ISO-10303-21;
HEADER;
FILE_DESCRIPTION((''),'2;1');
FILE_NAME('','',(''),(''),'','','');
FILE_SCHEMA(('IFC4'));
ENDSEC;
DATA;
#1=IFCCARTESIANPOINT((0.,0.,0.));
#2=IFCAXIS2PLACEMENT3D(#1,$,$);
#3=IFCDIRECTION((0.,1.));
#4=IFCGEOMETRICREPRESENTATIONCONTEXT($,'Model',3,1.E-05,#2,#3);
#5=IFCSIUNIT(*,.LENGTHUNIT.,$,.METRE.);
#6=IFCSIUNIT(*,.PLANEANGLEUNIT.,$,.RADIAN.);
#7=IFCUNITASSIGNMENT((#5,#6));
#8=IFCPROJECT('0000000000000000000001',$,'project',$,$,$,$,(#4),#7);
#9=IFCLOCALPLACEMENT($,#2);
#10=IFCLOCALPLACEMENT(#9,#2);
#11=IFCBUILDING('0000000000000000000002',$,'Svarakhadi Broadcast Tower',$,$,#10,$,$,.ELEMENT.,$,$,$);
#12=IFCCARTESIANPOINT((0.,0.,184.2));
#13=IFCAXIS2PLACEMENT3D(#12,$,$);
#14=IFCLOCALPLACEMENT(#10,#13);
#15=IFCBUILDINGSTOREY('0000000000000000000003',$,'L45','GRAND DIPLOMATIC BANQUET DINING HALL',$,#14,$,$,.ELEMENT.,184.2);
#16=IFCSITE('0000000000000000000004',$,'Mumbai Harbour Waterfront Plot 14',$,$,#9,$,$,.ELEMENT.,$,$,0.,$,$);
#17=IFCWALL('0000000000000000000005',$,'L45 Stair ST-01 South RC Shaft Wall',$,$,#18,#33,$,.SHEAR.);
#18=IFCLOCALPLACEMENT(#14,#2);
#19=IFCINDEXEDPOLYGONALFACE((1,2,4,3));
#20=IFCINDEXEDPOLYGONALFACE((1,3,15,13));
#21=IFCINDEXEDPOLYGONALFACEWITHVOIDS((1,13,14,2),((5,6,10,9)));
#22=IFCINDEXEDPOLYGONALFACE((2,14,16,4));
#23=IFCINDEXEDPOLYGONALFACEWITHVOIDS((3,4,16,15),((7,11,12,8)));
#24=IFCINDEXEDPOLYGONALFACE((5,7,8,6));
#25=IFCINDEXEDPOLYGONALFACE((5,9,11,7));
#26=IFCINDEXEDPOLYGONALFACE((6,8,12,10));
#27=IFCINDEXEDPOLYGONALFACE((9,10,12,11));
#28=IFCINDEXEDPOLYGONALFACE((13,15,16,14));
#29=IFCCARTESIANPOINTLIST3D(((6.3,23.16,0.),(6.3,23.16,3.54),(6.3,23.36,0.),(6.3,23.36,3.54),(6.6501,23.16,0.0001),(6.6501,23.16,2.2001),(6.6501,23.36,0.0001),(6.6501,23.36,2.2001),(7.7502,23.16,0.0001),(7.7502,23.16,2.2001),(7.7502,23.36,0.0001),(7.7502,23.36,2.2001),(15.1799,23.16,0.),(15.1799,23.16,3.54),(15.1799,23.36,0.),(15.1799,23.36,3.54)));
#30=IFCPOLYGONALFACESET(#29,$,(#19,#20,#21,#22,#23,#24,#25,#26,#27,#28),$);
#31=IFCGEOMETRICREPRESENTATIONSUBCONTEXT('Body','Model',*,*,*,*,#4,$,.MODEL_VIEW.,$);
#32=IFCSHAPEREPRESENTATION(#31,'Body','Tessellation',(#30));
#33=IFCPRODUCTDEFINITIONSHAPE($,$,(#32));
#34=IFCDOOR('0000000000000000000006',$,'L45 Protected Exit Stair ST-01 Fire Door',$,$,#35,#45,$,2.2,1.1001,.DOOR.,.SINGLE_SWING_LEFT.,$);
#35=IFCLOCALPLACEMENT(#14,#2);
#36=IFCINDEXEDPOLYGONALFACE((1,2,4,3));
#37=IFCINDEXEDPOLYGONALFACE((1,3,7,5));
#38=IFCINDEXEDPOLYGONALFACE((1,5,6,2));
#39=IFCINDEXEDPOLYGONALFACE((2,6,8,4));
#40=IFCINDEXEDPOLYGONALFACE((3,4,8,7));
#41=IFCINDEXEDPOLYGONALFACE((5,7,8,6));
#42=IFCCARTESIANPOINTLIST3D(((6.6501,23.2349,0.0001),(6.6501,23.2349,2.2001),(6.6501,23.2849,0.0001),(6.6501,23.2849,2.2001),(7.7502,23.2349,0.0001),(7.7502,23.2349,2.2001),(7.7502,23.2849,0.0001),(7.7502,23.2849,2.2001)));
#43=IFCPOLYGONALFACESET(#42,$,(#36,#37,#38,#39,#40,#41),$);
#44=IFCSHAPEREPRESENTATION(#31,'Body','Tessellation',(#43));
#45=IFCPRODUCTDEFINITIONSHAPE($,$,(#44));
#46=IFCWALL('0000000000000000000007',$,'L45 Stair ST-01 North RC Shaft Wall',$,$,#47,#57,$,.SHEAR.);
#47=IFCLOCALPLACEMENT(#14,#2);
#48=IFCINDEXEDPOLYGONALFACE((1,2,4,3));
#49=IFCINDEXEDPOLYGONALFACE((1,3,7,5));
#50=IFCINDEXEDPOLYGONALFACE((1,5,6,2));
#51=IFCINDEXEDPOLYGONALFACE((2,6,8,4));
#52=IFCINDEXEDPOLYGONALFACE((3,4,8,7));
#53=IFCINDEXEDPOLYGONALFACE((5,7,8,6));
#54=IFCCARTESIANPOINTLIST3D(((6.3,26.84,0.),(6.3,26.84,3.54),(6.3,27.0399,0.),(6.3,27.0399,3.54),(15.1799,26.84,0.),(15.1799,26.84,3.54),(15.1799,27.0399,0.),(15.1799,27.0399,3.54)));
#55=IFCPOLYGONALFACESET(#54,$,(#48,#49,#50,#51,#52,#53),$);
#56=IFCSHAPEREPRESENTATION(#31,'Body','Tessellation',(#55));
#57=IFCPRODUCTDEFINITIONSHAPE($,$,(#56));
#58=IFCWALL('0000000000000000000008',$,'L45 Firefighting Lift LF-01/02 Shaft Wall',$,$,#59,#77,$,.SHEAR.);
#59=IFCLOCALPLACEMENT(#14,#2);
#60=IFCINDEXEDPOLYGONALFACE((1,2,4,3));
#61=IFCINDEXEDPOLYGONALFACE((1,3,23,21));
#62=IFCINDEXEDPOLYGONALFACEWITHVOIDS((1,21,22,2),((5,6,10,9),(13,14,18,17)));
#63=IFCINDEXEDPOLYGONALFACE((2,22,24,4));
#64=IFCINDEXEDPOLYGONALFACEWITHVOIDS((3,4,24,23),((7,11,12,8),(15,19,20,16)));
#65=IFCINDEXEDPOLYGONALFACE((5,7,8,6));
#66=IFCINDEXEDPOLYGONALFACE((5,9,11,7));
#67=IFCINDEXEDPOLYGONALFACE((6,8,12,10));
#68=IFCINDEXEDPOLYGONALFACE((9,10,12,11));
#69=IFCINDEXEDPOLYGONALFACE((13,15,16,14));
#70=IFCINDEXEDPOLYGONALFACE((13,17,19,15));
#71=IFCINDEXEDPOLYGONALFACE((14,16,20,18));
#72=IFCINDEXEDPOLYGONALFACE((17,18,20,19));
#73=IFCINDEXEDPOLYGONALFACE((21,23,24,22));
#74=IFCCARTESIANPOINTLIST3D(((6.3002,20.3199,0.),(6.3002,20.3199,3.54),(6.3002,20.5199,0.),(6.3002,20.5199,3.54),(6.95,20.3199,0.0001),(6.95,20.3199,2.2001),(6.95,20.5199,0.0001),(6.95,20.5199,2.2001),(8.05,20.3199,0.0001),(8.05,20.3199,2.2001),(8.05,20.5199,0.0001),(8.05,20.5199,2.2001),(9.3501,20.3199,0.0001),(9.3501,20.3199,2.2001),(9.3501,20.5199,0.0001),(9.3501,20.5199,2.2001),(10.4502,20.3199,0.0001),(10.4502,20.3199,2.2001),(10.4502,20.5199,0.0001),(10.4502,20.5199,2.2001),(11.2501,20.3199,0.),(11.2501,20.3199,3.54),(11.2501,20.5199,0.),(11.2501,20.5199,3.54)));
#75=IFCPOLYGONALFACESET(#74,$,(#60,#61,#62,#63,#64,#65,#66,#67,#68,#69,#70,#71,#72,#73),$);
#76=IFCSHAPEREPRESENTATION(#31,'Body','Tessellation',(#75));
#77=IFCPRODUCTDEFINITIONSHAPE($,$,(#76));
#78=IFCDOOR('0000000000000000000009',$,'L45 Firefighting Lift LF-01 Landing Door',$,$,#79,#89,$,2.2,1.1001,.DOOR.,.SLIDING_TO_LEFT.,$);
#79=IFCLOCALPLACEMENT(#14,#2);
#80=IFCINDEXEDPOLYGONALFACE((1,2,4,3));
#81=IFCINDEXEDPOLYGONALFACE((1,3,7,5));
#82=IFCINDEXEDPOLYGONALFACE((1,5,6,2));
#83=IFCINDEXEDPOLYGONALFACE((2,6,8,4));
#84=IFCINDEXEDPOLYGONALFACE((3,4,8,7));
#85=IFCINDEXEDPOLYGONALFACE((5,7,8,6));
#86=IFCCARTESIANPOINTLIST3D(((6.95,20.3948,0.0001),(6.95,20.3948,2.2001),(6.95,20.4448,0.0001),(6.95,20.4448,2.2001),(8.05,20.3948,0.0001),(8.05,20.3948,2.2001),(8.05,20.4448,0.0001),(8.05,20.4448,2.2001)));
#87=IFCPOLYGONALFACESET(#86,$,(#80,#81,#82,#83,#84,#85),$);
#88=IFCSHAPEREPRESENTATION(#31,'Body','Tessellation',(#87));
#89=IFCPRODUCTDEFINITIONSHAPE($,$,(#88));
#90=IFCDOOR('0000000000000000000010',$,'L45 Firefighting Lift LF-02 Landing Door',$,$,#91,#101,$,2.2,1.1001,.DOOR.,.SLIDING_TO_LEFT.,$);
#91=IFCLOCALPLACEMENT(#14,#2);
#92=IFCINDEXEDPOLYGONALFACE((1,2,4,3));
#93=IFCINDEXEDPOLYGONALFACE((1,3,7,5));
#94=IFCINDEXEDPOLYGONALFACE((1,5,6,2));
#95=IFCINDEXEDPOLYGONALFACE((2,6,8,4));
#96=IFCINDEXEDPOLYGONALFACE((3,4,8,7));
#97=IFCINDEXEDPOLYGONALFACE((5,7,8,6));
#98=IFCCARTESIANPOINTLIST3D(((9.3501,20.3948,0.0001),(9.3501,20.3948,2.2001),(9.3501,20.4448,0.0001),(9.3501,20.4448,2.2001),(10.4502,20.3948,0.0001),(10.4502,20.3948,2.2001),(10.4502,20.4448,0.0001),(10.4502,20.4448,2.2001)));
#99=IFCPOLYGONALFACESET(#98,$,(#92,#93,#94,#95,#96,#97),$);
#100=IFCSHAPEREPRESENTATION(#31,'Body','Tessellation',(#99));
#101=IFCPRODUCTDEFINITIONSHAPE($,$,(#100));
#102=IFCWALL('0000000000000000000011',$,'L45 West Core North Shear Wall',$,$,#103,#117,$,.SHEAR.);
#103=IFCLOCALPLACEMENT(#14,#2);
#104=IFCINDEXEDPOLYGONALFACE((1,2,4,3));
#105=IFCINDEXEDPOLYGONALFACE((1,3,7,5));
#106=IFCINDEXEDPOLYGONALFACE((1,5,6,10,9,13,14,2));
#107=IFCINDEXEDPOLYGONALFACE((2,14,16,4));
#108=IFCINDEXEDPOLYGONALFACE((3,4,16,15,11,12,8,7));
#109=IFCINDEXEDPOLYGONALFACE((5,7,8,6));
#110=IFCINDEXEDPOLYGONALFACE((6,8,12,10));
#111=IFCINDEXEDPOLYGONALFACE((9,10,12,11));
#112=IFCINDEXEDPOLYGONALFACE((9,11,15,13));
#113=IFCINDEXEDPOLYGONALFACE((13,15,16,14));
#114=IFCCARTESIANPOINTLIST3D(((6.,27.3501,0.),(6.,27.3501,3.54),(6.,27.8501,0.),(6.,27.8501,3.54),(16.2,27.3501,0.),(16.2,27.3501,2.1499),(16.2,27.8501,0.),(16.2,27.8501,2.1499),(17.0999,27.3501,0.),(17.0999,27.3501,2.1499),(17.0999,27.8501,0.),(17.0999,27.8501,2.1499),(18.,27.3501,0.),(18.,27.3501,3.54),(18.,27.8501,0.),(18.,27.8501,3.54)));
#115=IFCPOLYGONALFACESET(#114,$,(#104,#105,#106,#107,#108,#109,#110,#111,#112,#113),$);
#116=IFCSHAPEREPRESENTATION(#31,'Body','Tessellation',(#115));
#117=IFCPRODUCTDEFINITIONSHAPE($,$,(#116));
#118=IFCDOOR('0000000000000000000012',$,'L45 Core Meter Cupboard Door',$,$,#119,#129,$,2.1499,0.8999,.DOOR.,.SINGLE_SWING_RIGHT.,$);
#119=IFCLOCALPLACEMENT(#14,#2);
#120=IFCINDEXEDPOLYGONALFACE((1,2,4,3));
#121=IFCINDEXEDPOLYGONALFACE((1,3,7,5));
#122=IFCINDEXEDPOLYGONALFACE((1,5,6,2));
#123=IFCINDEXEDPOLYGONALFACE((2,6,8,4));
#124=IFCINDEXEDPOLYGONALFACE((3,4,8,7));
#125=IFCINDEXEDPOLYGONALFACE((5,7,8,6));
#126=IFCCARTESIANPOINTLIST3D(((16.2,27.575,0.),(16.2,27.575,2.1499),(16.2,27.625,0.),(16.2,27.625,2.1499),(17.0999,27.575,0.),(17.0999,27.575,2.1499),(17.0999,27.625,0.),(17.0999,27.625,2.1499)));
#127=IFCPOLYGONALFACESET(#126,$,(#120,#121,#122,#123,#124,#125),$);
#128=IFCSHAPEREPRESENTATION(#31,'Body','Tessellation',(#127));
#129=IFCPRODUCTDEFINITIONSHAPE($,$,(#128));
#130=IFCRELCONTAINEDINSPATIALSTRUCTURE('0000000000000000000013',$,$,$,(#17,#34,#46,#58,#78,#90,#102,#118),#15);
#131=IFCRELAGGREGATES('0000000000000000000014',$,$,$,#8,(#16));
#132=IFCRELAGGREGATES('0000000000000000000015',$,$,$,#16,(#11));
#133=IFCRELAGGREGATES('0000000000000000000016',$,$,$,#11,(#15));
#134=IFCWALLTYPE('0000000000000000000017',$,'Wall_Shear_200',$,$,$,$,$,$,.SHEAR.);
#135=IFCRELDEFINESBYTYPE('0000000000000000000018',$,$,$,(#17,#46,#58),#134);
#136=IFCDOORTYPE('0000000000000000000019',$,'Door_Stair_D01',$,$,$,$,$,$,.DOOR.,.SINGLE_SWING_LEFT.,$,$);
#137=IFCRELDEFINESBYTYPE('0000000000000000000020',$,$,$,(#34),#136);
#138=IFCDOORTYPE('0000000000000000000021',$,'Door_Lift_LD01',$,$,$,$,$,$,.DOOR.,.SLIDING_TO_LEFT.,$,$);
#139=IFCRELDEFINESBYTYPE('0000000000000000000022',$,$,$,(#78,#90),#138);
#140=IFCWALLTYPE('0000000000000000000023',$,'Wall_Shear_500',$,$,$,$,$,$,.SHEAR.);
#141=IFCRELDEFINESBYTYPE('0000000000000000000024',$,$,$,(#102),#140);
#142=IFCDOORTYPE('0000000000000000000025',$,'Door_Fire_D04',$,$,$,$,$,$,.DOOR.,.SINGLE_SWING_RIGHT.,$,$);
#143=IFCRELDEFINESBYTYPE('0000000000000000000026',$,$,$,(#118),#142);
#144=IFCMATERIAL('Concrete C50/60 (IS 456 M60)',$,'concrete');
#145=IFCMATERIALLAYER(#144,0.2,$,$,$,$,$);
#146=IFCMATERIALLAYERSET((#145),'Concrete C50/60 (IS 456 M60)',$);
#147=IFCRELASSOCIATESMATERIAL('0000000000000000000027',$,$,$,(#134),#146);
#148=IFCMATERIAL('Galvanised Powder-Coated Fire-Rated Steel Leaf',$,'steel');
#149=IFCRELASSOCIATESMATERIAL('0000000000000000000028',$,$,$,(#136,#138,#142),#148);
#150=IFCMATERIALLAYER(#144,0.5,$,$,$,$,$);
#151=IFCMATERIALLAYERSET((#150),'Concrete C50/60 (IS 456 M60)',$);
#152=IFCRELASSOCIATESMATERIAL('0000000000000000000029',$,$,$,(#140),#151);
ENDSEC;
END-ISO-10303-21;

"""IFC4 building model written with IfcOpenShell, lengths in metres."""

from ifc_helpers import new_model, si_unit, direction, frame, frame_2d, origin, place, context, subcontext, project, spatial, rectangle, extrude, material, layer, layer_set, type_object, element, fill, save


model = new_model("IFC4")

# Units and contexts
model_context = context("Model", 3, precision=1e-05, world=origin(), true_north=direction((0.0, 1.0)))
body_context = subcontext(model_context, "Body", "Model", "MODEL_VIEW")
ifc_project = project(units=[si_unit("LENGTHUNIT", "METRE"), si_unit("PLANEANGLEUNIT", "RADIAN")], contexts=[model_context])

# Site, building, storey
site_placement = place(None, origin())
site = spatial("IfcSite", under=ifc_project, at=site_placement, Name="Mumbai Harbour Waterfront Plot 14", CompositionType="ELEMENT", RefElevation=0.0)
building_placement = place(site_placement, origin())
building = spatial("IfcBuilding", under=site, at=building_placement, Name="Svarakhadi Broadcast Tower", CompositionType="ELEMENT")
storey_placement = place(building_placement, frame((0.0, 0.0, 184.2)))
storey = spatial("IfcBuildingStorey", under=building, at=storey_placement, Name="L45", Description="GRAND DIPLOMATIC BANQUET DINING HALL", CompositionType="ELEMENT", Elevation=184.2)

# Shared definitions
ifc_material_1 = material(Name="Concrete C50/60 (IS 456 M60)", Category="concrete")

# Wall, opening, door
ifc_layer_1 = layer(ifc_material_1, 0.2)
ifc_layer_set_1 = layer_set([ifc_layer_1], Name="Concrete C50/60 (IS 456 M60)")
wall_type_1 = type_object("IfcWallType", Name="Wall_Shear_200", PredefinedType="SHEAR", material=ifc_layer_set_1)
wall_1_placement = place(storey_placement, frame((6.3, 23.26, 0.0), z_axis=(0.0, 0.0, 1.0), x_axis=(1.0, 0.0, 0.0)))
wall_1 = element("IfcWall", 1, at=wall_1_placement, inside=storey, type_object=wall_type_1, Name="L45 Stair ST-01 South RC Shaft Wall", PredefinedType="SHEAR", context=body_context, shape_type="SweptSolid", body=[
    extrude(rectangle(XDim=8.8799, YDim=0.2, at=frame_2d((4.4399, 0.0))), origin(), (0.0, 0.0, 1.0), 3.54),
])
opening_1_placement = place(wall_1_placement, frame((0.3501, 0.0, 0.0)))
opening_1 = element("IfcOpeningElement", 2, at=opening_1_placement, cuts=wall_1, PredefinedType="OPENING", context=body_context, shape_type="SweptSolid", body=[
    extrude(rectangle(XDim=1.1001, YDim=2.2, at=frame_2d((0.55, 1.1001))), frame((0.0, 0.1099, 0.0), z_axis=(0.0, -1.0, 0.0), x_axis=(1.0, 0.0, 0.0)), (0.0, 0.0, 1.0), 0.22),
])
ifc_material_2 = material(Name="Galvanised Powder-Coated Fire-Rated Steel Leaf", Category="steel")
door_type_1 = type_object("IfcDoorType", Name="Door_Stair_D01", OperationType="SINGLE_SWING_LEFT", PredefinedType="DOOR", material=ifc_material_2)
door_1_placement = place(opening_1_placement, origin())
door_1 = element("IfcDoor", 3, at=door_1_placement, inside=storey, type_object=door_type_1, Name="L45 Protected Exit Stair ST-01 Fire Door", OperationType="SINGLE_SWING_LEFT", OverallHeight=2.2, OverallWidth=1.1001, PredefinedType="DOOR", context=body_context, shape_type="SweptSolid", body=[
    extrude(rectangle(XDim=1.1001, YDim=2.2, at=frame_2d((0.55, 1.1001))), frame((0.0, 0.0249, 0.0), z_axis=(0.0, -1.0, 0.0), x_axis=(1.0, 0.0, 0.0)), (0.0, 0.0, 1.0), 0.05),
])
fill(opening_1, door_1)

# Wall
wall_2_placement = place(storey_placement, frame((6.3, 26.9399, 0.0), z_axis=(0.0, 0.0, 1.0), x_axis=(1.0, 0.0, 0.0)))
element("IfcWall", 4, at=wall_2_placement, inside=storey, type_object=wall_type_1, Name="L45 Stair ST-01 North RC Shaft Wall", PredefinedType="SHEAR", context=body_context, shape_type="SweptSolid", body=[
    extrude(rectangle(XDim=8.8799, YDim=0.2, at=frame_2d((4.4399, 0.0))), origin(), (0.0, 0.0, 1.0), 3.54),
])

# Wall, openings, doors
wall_3_placement = place(storey_placement, frame((6.3, 20.4199, 0.0), z_axis=(0.0, 0.0, 1.0), x_axis=(1.0, 0.0, 0.0)))
wall_3 = element("IfcWall", 5, at=wall_3_placement, inside=storey, type_object=wall_type_1, Name="L45 Firefighting Lift LF-01/02 Shaft Wall", PredefinedType="SHEAR", context=body_context, shape_type="SweptSolid", body=[
    extrude(rectangle(XDim=4.95, YDim=0.2, at=frame_2d((2.4751, 0.0))), origin(), (0.0, 0.0, 1.0), 3.54),
])
opening_2_placement = place(wall_3_placement, frame((0.6499, 0.0, 0.0)))
opening_2 = element("IfcOpeningElement", 6, at=opening_2_placement, cuts=wall_3, PredefinedType="OPENING", context=body_context, shape_type="SweptSolid", body=[
    extrude(rectangle(XDim=1.1001, YDim=2.2, at=frame_2d((0.55, 1.1001))), frame((0.0, 0.1099, 0.0), z_axis=(0.0, -1.0, 0.0), x_axis=(1.0, 0.0, 0.0)), (0.0, 0.0, 1.0), 0.22),
])
opening_3_placement = place(wall_3_placement, frame((3.05, 0.0, 0.0)))
opening_3 = element("IfcOpeningElement", 7, at=opening_3_placement, cuts=wall_3, PredefinedType="OPENING", context=body_context, shape_type="SweptSolid", body=[
    extrude(rectangle(XDim=1.1001, YDim=2.2, at=frame_2d((0.55, 1.1001))), frame((0.0, 0.1099, 0.0), z_axis=(0.0, -1.0, 0.0), x_axis=(1.0, 0.0, 0.0)), (0.0, 0.0, 1.0), 0.22),
])
door_type_2 = type_object("IfcDoorType", Name="Door_Lift_LD01", OperationType="SLIDING_TO_LEFT", PredefinedType="DOOR", material=ifc_material_2)
door_2_placement = place(opening_2_placement, origin())
door_2 = element("IfcDoor", 8, at=door_2_placement, inside=storey, type_object=door_type_2, Name="L45 Firefighting Lift LF-01 Landing Door", OperationType="SLIDING_TO_LEFT", OverallHeight=2.2, OverallWidth=1.1001, PredefinedType="DOOR", context=body_context, shape_type="SweptSolid", body=[
    extrude(rectangle(XDim=1.1001, YDim=2.2, at=frame_2d((0.55, 1.1001))), frame((0.0, 0.0249, 0.0), z_axis=(0.0, -1.0, 0.0), x_axis=(1.0, 0.0, 0.0)), (0.0, 0.0, 1.0), 0.05),
])
fill(opening_2, door_2)
door_3_placement = place(opening_3_placement, origin())
door_3 = element("IfcDoor", 9, at=door_3_placement, inside=storey, type_object=door_type_2, Name="L45 Firefighting Lift LF-02 Landing Door", OperationType="SLIDING_TO_LEFT", OverallHeight=2.2, OverallWidth=1.1001, PredefinedType="DOOR", context=body_context, shape_type="SweptSolid", body=[
    extrude(rectangle(XDim=1.1001, YDim=2.2, at=frame_2d((0.55, 1.1001))), frame((0.0, 0.0249, 0.0), z_axis=(0.0, -1.0, 0.0), x_axis=(1.0, 0.0, 0.0)), (0.0, 0.0, 1.0), 0.05),
])
fill(opening_3, door_3)

# Wall, opening, door
ifc_layer_2 = layer(ifc_material_1, 0.5)
ifc_layer_set_2 = layer_set([ifc_layer_2], Name="Concrete C50/60 (IS 456 M60)")
wall_type_2 = type_object("IfcWallType", Name="Wall_Shear_500", PredefinedType="SHEAR", material=ifc_layer_set_2)
wall_4_placement = place(storey_placement, frame((6.0, 27.6001, 0.0), z_axis=(0.0, 0.0, 1.0), x_axis=(1.0, 0.0, 0.0)))
wall_4 = element("IfcWall", 10, at=wall_4_placement, inside=storey, type_object=wall_type_2, Name="L45 West Core North Shear Wall", PredefinedType="SHEAR", context=body_context, shape_type="SweptSolid", body=[
    extrude(rectangle(XDim=12.0, YDim=0.5, at=frame_2d((6.0, 0.0))), origin(), (0.0, 0.0, 1.0), 3.54),
])
opening_4_placement = place(wall_4_placement, frame((10.2, 0.0, 0.0)))
opening_4 = element("IfcOpeningElement", 11, at=opening_4_placement, cuts=wall_4, PredefinedType="OPENING", context=body_context, shape_type="SweptSolid", body=[
    extrude(rectangle(XDim=0.8999, YDim=2.1499, at=frame_2d((0.45, 1.075))), frame((0.0, 0.26, 0.0), z_axis=(0.0, -1.0, 0.0), x_axis=(1.0, 0.0, 0.0)), (0.0, 0.0, 1.0), 0.52),
])
door_type_3 = type_object("IfcDoorType", Name="Door_Fire_D04", OperationType="SINGLE_SWING_RIGHT", PredefinedType="DOOR", material=ifc_material_2)
door_4_placement = place(opening_4_placement, origin())
door_4 = element("IfcDoor", 12, at=door_4_placement, inside=storey, type_object=door_type_3, Name="L45 Core Meter Cupboard Door", OperationType="SINGLE_SWING_RIGHT", OverallHeight=2.1499, OverallWidth=0.8999, PredefinedType="DOOR", context=body_context, shape_type="SweptSolid", body=[
    extrude(rectangle(XDim=0.8999, YDim=2.1499, at=frame_2d((0.45, 1.075))), frame((0.0, 0.0249, 0.0), z_axis=(0.0, -1.0, 0.0), x_axis=(1.0, 0.0, 0.0)), (0.0, 0.0, 1.0), 0.05),
])
fill(opening_4, door_4)

save(model, "model.ifc")
